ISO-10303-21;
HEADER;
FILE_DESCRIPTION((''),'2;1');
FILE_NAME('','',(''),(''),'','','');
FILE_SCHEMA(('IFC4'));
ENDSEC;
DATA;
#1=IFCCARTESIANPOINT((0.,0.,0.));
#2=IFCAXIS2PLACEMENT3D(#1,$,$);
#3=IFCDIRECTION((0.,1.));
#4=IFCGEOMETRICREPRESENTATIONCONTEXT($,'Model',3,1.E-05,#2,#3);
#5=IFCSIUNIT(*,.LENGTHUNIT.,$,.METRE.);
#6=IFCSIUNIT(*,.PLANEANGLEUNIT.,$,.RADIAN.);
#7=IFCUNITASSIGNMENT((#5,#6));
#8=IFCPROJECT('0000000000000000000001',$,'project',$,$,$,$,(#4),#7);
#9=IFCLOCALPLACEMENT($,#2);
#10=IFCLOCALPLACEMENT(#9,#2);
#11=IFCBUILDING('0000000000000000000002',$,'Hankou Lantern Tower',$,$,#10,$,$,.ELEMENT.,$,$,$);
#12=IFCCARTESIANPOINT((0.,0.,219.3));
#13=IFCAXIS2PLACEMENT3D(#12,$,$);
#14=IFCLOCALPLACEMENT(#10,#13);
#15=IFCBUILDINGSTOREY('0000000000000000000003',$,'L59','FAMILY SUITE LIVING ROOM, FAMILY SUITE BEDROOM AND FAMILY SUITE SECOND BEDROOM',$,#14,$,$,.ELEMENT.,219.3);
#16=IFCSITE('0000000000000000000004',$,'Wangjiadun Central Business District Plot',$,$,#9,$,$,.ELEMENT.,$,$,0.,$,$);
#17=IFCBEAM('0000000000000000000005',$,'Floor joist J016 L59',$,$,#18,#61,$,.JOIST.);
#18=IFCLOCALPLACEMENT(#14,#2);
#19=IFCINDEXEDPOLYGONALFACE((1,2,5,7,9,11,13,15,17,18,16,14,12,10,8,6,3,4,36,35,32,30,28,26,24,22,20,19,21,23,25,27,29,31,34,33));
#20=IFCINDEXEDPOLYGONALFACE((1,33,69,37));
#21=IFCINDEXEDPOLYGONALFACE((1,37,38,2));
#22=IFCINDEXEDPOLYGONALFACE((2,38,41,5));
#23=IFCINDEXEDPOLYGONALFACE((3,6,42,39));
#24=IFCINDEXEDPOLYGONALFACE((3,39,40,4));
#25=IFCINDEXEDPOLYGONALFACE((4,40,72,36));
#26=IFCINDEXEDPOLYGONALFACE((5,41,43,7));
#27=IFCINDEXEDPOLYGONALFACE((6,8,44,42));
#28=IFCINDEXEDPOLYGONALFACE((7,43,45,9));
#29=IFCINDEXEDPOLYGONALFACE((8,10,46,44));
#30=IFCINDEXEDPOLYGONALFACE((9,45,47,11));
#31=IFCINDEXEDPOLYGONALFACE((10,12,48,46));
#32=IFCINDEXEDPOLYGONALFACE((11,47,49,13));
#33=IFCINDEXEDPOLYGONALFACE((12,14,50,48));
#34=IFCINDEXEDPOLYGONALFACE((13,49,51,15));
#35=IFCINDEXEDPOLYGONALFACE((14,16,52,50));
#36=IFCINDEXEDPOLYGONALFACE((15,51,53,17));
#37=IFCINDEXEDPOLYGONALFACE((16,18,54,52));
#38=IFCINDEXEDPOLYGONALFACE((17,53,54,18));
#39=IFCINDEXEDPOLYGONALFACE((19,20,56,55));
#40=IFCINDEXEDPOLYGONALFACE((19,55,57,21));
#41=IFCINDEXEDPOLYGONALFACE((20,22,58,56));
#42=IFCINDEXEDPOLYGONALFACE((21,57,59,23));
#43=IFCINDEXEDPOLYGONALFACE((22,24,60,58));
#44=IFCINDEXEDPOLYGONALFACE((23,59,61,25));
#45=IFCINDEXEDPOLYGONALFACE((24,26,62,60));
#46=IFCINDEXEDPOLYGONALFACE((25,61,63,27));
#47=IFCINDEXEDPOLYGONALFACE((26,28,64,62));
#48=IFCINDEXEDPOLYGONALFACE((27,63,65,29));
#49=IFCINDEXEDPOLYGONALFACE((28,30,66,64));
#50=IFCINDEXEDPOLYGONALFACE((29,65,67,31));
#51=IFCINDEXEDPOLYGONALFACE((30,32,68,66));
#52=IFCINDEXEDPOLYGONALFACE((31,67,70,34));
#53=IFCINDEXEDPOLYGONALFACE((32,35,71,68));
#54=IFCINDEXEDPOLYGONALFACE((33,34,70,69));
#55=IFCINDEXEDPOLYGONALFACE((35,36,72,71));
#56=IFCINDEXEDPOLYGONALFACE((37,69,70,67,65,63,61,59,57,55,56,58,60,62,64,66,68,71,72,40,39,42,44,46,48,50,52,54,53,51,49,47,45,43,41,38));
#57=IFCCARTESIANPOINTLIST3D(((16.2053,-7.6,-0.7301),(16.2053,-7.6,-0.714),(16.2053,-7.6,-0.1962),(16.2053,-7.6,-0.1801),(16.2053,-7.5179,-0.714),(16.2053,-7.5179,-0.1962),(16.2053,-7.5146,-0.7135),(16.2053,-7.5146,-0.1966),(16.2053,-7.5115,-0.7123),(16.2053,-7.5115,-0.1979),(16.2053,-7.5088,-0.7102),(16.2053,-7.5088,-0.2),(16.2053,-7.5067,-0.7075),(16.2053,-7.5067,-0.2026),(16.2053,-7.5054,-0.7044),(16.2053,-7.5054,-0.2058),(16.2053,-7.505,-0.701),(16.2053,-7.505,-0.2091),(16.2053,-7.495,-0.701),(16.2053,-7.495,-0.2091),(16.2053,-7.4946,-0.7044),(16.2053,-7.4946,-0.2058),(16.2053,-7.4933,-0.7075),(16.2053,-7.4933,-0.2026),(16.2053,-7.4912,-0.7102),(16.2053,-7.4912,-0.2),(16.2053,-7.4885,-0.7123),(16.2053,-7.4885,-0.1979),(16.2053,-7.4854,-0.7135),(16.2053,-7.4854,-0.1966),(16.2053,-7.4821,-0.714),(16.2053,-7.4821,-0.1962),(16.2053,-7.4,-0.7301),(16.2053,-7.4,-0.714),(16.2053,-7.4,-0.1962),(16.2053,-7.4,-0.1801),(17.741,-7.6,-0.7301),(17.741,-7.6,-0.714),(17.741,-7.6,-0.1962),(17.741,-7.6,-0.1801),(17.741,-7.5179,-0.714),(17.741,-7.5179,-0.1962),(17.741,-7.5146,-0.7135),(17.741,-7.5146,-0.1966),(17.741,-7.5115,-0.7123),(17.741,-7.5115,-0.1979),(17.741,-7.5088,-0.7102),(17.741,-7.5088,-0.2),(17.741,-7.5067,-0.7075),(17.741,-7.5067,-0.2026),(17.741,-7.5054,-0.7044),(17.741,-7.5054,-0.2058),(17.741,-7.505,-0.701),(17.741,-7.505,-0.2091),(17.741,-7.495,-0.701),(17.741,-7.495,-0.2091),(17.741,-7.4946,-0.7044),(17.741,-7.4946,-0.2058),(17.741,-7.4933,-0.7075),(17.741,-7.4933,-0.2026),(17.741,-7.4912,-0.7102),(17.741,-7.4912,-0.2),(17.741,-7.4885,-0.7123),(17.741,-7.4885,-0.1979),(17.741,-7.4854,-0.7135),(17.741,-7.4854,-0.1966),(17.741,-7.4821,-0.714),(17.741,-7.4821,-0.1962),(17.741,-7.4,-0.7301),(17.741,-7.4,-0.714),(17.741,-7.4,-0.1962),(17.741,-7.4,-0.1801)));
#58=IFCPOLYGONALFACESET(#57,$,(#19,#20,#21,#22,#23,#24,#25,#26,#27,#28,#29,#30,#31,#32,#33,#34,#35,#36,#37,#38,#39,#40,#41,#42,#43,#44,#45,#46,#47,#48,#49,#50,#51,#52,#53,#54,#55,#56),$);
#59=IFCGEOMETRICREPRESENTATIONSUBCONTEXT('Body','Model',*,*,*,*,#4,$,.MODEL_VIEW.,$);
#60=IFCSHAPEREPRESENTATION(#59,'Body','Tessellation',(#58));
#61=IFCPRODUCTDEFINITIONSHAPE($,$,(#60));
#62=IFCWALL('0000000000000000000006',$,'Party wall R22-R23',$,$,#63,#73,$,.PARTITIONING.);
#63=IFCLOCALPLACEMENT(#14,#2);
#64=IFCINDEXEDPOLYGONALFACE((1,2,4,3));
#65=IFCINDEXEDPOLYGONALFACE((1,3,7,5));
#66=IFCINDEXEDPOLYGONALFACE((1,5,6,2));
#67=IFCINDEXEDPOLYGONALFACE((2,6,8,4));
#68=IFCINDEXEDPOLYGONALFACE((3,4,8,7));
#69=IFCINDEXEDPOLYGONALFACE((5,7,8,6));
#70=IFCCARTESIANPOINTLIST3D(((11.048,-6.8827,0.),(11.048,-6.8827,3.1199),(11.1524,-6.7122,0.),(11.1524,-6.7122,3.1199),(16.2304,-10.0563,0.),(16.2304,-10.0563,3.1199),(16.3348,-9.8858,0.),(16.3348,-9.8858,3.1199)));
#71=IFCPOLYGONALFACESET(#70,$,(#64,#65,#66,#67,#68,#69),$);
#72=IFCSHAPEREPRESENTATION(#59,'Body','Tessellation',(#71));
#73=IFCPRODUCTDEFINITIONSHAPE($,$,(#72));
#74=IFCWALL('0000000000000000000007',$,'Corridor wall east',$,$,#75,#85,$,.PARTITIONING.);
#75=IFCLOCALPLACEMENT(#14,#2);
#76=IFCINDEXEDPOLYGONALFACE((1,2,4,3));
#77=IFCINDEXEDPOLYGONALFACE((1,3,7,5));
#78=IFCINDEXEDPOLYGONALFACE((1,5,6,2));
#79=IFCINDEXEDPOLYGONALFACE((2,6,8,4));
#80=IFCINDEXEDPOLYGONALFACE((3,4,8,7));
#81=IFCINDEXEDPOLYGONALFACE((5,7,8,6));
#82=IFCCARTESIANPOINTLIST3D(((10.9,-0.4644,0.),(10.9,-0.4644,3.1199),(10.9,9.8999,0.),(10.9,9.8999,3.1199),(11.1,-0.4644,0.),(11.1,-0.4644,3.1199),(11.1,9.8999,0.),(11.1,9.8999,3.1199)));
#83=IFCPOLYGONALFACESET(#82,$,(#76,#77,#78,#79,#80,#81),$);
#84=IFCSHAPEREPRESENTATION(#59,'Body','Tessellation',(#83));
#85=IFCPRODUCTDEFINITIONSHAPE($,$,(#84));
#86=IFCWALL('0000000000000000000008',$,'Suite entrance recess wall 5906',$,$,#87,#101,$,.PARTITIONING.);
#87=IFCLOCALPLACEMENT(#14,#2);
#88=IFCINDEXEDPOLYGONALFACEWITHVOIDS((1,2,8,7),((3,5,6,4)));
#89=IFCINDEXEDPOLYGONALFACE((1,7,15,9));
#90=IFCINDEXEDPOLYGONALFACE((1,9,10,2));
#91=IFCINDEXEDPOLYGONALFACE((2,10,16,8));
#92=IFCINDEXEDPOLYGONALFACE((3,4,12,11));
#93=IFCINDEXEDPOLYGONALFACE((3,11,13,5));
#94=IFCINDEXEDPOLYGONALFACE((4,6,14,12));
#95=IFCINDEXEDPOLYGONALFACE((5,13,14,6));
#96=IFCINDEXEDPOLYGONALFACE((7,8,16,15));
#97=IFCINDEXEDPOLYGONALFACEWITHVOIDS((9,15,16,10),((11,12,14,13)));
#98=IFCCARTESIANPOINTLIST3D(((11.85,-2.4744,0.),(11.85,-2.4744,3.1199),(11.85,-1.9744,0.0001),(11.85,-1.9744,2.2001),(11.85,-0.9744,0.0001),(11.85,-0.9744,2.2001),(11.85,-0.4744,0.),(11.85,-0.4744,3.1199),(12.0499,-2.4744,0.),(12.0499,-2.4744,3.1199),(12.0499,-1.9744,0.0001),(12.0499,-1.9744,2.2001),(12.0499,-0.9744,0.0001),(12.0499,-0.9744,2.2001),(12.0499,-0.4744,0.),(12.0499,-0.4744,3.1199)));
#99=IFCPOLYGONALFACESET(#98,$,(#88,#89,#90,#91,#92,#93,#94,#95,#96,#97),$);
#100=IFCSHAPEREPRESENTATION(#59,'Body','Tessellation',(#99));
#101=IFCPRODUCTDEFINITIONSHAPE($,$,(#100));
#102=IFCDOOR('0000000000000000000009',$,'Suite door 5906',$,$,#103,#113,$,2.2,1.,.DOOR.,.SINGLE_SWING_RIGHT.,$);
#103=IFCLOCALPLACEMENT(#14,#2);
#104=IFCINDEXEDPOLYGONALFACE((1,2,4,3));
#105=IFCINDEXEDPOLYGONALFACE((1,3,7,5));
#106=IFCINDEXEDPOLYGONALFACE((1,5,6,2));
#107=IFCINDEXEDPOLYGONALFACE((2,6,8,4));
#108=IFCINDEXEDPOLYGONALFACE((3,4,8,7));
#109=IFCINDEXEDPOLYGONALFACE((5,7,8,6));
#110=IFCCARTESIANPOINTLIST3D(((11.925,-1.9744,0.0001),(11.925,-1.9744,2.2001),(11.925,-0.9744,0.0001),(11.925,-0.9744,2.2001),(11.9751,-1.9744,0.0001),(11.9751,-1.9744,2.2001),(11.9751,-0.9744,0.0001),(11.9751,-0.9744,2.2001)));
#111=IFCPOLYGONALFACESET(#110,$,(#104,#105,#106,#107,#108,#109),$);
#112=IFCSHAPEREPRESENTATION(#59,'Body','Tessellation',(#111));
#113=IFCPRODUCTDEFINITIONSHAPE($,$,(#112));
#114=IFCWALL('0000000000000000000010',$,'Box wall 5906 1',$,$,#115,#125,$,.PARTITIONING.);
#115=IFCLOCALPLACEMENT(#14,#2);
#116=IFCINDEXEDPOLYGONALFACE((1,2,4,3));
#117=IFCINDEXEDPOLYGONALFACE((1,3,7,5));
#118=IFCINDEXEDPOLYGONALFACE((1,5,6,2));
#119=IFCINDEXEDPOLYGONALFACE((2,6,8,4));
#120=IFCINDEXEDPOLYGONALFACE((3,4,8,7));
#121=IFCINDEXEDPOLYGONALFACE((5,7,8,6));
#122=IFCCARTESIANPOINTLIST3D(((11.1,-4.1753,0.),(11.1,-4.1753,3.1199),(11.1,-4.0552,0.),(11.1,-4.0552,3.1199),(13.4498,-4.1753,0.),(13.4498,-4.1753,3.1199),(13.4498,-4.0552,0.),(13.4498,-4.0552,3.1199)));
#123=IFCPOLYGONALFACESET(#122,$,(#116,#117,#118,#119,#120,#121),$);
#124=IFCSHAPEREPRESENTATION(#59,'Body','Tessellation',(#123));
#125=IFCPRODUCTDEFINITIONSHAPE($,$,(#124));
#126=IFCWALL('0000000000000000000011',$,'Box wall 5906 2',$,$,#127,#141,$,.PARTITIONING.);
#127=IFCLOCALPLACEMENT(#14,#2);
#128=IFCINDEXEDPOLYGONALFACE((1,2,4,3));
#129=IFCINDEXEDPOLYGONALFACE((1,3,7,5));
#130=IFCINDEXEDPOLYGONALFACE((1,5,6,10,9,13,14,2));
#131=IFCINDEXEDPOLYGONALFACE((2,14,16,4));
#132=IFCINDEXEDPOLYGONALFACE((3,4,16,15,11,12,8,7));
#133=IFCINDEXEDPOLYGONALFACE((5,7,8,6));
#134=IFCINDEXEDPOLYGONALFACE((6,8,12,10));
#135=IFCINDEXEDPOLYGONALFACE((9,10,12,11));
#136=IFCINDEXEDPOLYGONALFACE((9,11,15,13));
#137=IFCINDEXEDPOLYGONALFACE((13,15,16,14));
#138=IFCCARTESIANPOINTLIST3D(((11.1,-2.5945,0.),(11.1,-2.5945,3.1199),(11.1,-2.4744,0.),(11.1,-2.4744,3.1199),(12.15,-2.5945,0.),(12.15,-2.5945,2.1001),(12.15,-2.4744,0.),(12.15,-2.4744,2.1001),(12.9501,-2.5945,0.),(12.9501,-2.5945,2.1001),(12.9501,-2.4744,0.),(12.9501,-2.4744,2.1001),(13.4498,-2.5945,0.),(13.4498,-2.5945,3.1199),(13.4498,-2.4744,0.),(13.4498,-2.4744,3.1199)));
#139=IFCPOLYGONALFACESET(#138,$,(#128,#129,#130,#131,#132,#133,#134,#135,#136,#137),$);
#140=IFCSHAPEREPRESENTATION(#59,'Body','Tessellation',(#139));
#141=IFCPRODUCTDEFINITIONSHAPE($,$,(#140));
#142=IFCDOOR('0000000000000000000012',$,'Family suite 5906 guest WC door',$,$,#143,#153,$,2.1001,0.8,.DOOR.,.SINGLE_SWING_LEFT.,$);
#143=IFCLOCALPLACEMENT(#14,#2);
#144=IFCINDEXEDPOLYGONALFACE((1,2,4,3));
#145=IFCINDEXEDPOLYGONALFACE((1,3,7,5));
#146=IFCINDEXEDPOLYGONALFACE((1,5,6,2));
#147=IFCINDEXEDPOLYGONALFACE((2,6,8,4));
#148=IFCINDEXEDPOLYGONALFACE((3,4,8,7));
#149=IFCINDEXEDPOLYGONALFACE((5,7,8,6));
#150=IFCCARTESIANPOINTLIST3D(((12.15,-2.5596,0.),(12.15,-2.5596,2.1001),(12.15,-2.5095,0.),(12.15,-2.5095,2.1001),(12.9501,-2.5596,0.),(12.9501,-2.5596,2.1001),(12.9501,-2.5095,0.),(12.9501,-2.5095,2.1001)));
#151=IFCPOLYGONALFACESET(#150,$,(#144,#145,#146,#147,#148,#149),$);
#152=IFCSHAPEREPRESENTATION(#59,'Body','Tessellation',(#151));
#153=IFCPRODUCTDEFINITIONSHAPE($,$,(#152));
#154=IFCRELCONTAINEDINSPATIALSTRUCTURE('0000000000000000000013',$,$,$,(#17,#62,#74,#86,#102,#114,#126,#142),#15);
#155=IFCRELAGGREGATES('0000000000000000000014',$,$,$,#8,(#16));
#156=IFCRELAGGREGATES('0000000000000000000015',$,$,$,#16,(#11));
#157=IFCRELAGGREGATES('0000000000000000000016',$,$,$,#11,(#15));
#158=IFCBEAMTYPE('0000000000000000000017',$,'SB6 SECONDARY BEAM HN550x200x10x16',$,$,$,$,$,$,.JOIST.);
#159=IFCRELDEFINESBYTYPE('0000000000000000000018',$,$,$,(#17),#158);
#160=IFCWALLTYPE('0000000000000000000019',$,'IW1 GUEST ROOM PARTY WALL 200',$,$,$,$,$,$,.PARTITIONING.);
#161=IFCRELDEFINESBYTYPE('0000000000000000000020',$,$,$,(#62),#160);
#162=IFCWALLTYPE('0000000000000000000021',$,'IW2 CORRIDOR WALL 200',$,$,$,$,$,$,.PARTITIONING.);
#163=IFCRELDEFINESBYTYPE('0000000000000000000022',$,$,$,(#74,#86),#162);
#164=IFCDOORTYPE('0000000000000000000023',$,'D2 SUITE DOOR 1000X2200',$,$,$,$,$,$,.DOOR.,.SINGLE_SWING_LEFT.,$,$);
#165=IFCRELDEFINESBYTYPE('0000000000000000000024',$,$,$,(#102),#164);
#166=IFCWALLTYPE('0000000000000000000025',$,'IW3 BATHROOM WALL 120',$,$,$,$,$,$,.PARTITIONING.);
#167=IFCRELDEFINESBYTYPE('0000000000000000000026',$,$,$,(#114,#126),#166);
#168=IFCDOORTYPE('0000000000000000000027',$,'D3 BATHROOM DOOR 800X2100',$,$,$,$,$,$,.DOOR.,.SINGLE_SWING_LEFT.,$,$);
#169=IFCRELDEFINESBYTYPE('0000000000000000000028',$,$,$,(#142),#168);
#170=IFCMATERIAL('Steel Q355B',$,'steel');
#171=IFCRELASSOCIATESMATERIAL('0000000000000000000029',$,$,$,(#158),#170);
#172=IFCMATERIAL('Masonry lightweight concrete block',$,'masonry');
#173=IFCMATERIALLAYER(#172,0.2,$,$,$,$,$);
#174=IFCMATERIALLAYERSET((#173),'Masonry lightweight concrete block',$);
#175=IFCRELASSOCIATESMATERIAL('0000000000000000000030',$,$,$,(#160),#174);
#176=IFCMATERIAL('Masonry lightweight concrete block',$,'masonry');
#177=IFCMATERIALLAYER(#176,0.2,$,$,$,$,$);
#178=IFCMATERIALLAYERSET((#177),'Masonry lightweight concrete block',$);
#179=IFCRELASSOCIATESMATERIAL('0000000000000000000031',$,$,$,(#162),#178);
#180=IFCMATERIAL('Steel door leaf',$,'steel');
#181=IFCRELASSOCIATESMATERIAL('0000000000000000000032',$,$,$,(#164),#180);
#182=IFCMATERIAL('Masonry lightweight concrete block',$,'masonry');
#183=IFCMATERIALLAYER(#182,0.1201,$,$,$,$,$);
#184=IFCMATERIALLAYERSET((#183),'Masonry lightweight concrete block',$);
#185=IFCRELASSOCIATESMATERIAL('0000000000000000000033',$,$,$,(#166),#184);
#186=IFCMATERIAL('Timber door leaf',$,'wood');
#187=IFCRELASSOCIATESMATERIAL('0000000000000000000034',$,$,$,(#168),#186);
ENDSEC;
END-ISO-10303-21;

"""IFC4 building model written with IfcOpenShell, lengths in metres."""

from ifc_helpers import new_model, si_unit, direction, frame, frame_2d, origin, origin_2d, place, context, subcontext, project, spatial, rectangle, i_section, extrude, material, layer, layer_set, material_profile, profile_set, type_object, element, fill, save


model = new_model("IFC4")

# Units and contexts
model_context = context("Model", 3, precision=1e-05, world=origin(), true_north=direction((0.0, 1.0)))
body_context = subcontext(model_context, "Body", "Model", "MODEL_VIEW")
ifc_project = project(units=[si_unit("LENGTHUNIT", "METRE"), si_unit("PLANEANGLEUNIT", "RADIAN")], contexts=[model_context])

# Site, building, storey
site_placement = place(None, origin())
site = spatial("IfcSite", under=ifc_project, at=site_placement, Name="Wangjiadun Central Business District Plot", CompositionType="ELEMENT", RefElevation=0.0)
building_placement = place(site_placement, origin())
building = spatial("IfcBuilding", under=site, at=building_placement, Name="Hankou Lantern Tower", CompositionType="ELEMENT")
storey_placement = place(building_placement, frame((0.0, 0.0, 219.3)))
storey = spatial("IfcBuildingStorey", under=building, at=storey_placement, Name="L59", Description="FAMILY SUITE LIVING ROOM, FAMILY SUITE BEDROOM AND FAMILY SUITE SECOND BEDROOM", CompositionType="ELEMENT", Elevation=219.3)

# Beam
ifc_material_1 = material(Name="Steel Q355B", Category="steel")
ifc_material_profile = material_profile(ifc_material_1, i_section(OverallWidth=0.2, OverallDepth=0.55, WebThickness=0.01, FlangeThickness=0.0161, FilletRadius=0.0129, at=origin_2d()), Name="HN550x200x10x16")
ifc_profile_set = profile_set([ifc_material_profile], Name="Steel Q355B")
beam_type = type_object("IfcBeamType", Name="SB6 SECONDARY BEAM HN550x200x10x16", PredefinedType="JOIST", material=ifc_profile_set)
beam_placement = place(storey_placement, frame((16.2053, -7.5, -0.4551), z_axis=(1.0, 0.0, 0.0), x_axis=(0.0, 1.0, 0.0)))
element("IfcBeam", 1, at=beam_placement, inside=storey, type_object=beam_type, Name="Floor joist J016 L59", PredefinedType="JOIST", context=body_context, shape_type="SweptSolid", body=[
    extrude(i_section(OverallWidth=0.2, OverallDepth=0.55, WebThickness=0.01, FlangeThickness=0.0161, FilletRadius=0.0129, at=origin_2d()), origin(), (0.0, 0.0, 1.0), 1.5356),
])

# Walls
ifc_material_2 = material(Name="Masonry lightweight concrete block", Category="masonry")
ifc_layer_1 = layer(ifc_material_2, 0.2)
ifc_layer_set_1 = layer_set([ifc_layer_1], Name="Masonry lightweight concrete block")
wall_type_1 = type_object("IfcWallType", Name="IW1 GUEST ROOM PARTY WALL 200", PredefinedType="PARTITIONING", material=ifc_layer_set_1)
wall_1_placement = place(storey_placement, frame((11.1001, -6.7974, 0.0), z_axis=(0.0, 0.0, 1.0), x_axis=(0.8528, -0.522238, 0.0)))
element("IfcWall", 2, at=wall_1_placement, inside=storey, type_object=wall_type_1, Name="Party wall R22-R23", PredefinedType="PARTITIONING", context=body_context, shape_type="SweptSolid", body=[
    extrude(rectangle(XDim=6.0769, YDim=0.2, at=frame_2d((3.0386, 0.0))), origin(), (0.0, 0.0, 1.0), 3.1199),
])
ifc_material_3 = material(Name="Masonry lightweight concrete block", Category="masonry")
ifc_layer_2 = layer(ifc_material_3, 0.2)
ifc_layer_set_2 = layer_set([ifc_layer_2], Name="Masonry lightweight concrete block")
wall_type_2 = type_object("IfcWallType", Name="IW2 CORRIDOR WALL 200", PredefinedType="PARTITIONING", material=ifc_layer_set_2)
wall_2_placement = place(storey_placement, frame((11.0, -0.4644, 0.0), z_axis=(0.0, 0.0, 1.0), x_axis=(0.0, 1.0, 0.0)))
element("IfcWall", 3, at=wall_2_placement, inside=storey, type_object=wall_type_2, Name="Corridor wall east", PredefinedType="PARTITIONING", context=body_context, shape_type="SweptSolid", body=[
    extrude(rectangle(XDim=10.3643, YDim=0.2, at=frame_2d((5.1821, 0.0))), origin(), (0.0, 0.0, 1.0), 3.1199),
])

# Wall, opening, door
wall_3_placement = place(storey_placement, frame((11.95, -2.4744, 0.0), z_axis=(0.0, 0.0, 1.0), x_axis=(0.0, 1.0, 0.0)))
wall_3 = element("IfcWall", 4, at=wall_3_placement, inside=storey, type_object=wall_type_2, Name="Suite entrance recess wall 5906", PredefinedType="PARTITIONING", context=body_context, shape_type="SweptSolid", body=[
    extrude(rectangle(XDim=2.0, YDim=0.2, at=frame_2d((1.0, 0.0))), origin(), (0.0, 0.0, 1.0), 3.1199),
])
opening_1_placement = place(wall_3_placement, frame((0.5, 0.0, 0.0)))
opening_1 = element("IfcOpeningElement", 5, at=opening_1_placement, cuts=wall_3, PredefinedType="OPENING", context=body_context, shape_type="SweptSolid", body=[
    extrude(rectangle(XDim=1.0, YDim=2.2, at=frame_2d((0.5, 1.1001))), frame((0.0, 0.1099, 0.0), z_axis=(0.0, -1.0, 0.0), x_axis=(1.0, 0.0, 0.0)), (0.0, 0.0, 1.0), 0.22),
])
ifc_material_4 = material(Name="Steel door leaf", Category="steel")
door_type_1 = type_object("IfcDoorType", Name="D2 SUITE DOOR 1000X2200", OperationType="SINGLE_SWING_LEFT", PredefinedType="DOOR", material=ifc_material_4)
door_1_placement = place(opening_1_placement, origin())
door_1 = element("IfcDoor", 6, at=door_1_placement, inside=storey, type_object=door_type_1, Name="Suite door 5906", OperationType="SINGLE_SWING_RIGHT", OverallHeight=2.2, OverallWidth=1.0, PredefinedType="DOOR", context=body_context, shape_type="SweptSolid", body=[
    extrude(rectangle(XDim=1.0, YDim=2.2, at=frame_2d((0.5, 1.1001))), frame((0.0, 0.0249, 0.0), z_axis=(0.0, -1.0, 0.0), x_axis=(1.0, 0.0, 0.0)), (0.0, 0.0, 1.0), 0.05),
])
fill(opening_1, door_1)

# Wall
ifc_material_5 = material(Name="Masonry lightweight concrete block", Category="masonry")
ifc_layer_3 = layer(ifc_material_5, 0.1201)
ifc_layer_set_3 = layer_set([ifc_layer_3], Name="Masonry lightweight concrete block")
wall_type_3 = type_object("IfcWallType", Name="IW3 BATHROOM WALL 120", PredefinedType="PARTITIONING", material=ifc_layer_set_3)
wall_4_placement = place(storey_placement, frame((11.1001, -4.1152, 0.0), z_axis=(0.0, 0.0, 1.0), x_axis=(1.0, 0.0, 0.0)))
element("IfcWall", 7, at=wall_4_placement, inside=storey, type_object=wall_type_3, Name="Box wall 5906 1", PredefinedType="PARTITIONING", context=body_context, shape_type="SweptSolid", body=[
    extrude(rectangle(XDim=2.3499, YDim=0.1201, at=frame_2d((1.1748, 0.0))), origin(), (0.0, 0.0, 1.0), 3.1199),
])

# Wall, opening, door
wall_5_placement = place(storey_placement, frame((11.1001, -2.5344, 0.0), z_axis=(0.0, 0.0, 1.0), x_axis=(1.0, 0.0, 0.0)))
wall_5 = element("IfcWall", 8, at=wall_5_placement, inside=storey, type_object=wall_type_3, Name="Box wall 5906 2", PredefinedType="PARTITIONING", context=body_context, shape_type="SweptSolid", body=[
    extrude(rectangle(XDim=2.3499, YDim=0.1201, at=frame_2d((1.1748, 0.0))), origin(), (0.0, 0.0, 1.0), 3.1199),
])
opening_2_placement = place(wall_5_placement, frame((1.05, 0.0, 0.0)))
opening_2 = element("IfcOpeningElement", 9, at=opening_2_placement, cuts=wall_5, PredefinedType="OPENING", context=body_context, shape_type="SweptSolid", body=[
    extrude(rectangle(XDim=0.8, YDim=2.1001, at=frame_2d((0.3999, 1.05))), frame((0.0, 0.0701, 0.0), z_axis=(0.0, -1.0, 0.0), x_axis=(1.0, 0.0, 0.0)), (0.0, 0.0, 1.0), 0.1401),
])
ifc_material_6 = material(Name="Timber door leaf", Category="wood")
door_type_2 = type_object("IfcDoorType", Name="D3 BATHROOM DOOR 800X2100", OperationType="SINGLE_SWING_LEFT", PredefinedType="DOOR", material=ifc_material_6)
door_2_placement = place(opening_2_placement, origin())
door_2 = element("IfcDoor", 10, at=door_2_placement, inside=storey, type_object=door_type_2, Name="Family suite 5906 guest WC door", OperationType="SINGLE_SWING_LEFT", OverallHeight=2.1001, OverallWidth=0.8, PredefinedType="DOOR", context=body_context, shape_type="SweptSolid", body=[
    extrude(rectangle(XDim=0.8, YDim=2.1001, at=frame_2d((0.3999, 1.05))), frame((0.0, 0.0249, 0.0), z_axis=(0.0, -1.0, 0.0), x_axis=(1.0, 0.0, 0.0)), (0.0, 0.0, 1.0), 0.05),
])
fill(opening_2, door_2)

save(model, "model.ifc")
